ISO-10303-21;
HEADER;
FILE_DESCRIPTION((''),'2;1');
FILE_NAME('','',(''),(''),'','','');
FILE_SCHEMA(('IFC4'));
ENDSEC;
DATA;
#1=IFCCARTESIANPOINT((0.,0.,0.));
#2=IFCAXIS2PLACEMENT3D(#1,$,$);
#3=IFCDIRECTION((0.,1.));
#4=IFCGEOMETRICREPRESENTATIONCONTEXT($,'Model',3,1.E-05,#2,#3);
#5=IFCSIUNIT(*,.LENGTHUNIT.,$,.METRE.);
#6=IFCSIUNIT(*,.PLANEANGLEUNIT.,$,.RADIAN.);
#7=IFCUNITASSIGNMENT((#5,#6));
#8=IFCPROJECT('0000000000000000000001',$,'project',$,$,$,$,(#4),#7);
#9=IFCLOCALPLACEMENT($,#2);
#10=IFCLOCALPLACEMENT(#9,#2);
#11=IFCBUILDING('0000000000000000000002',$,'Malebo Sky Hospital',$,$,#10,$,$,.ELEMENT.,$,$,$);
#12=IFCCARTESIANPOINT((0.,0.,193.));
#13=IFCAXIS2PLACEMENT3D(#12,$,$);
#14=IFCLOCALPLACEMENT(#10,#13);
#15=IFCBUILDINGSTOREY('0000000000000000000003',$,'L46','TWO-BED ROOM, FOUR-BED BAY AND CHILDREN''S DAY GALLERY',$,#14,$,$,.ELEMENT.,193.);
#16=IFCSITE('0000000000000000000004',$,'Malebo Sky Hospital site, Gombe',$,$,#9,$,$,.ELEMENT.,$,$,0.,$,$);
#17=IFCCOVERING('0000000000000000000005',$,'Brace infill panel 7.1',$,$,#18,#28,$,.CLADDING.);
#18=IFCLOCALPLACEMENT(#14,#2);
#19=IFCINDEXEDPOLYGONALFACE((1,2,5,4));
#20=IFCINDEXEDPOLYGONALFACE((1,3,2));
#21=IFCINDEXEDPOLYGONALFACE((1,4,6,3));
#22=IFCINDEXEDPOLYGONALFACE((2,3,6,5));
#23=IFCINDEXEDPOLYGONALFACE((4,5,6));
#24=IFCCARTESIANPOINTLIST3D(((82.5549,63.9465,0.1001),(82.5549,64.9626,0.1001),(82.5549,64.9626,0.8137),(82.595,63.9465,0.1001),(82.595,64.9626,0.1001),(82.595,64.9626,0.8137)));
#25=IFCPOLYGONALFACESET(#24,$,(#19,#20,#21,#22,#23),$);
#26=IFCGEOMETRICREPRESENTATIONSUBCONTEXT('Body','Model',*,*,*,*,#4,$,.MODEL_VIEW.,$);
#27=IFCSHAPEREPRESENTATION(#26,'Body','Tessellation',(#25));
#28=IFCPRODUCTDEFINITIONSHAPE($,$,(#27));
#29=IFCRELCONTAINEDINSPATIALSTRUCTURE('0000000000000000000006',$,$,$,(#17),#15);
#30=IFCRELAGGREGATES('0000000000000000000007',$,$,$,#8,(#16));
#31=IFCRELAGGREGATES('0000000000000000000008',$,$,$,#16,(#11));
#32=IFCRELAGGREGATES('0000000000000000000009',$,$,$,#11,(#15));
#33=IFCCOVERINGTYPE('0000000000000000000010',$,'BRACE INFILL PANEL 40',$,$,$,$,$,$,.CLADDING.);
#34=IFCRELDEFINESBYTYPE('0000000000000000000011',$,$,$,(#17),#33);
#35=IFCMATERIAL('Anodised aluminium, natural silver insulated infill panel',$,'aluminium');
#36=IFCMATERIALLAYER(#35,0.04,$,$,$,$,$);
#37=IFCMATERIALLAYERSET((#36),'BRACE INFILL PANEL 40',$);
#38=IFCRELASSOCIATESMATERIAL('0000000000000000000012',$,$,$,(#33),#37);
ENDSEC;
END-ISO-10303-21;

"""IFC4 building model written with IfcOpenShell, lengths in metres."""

from ifc_helpers import new_model, si_unit, direction, frame, origin, place, context, subcontext, project, spatial, polyline, outline, extrude, material, layer, layer_set, type_object, element, save


model = new_model("IFC4")

# Units and contexts
model_context = context("Model", 3, precision=1e-05, world=origin(), true_north=direction((0.0, 1.0)))
body_context = subcontext(model_context, "Body", "Model", "MODEL_VIEW")
ifc_project = project(units=[si_unit("LENGTHUNIT", "METRE"), si_unit("PLANEANGLEUNIT", "RADIAN")], contexts=[model_context])

# Site, building, storey
site_placement = place(None, origin())
site = spatial("IfcSite", under=ifc_project, at=site_placement, Name="Malebo Sky Hospital site, Gombe", CompositionType="ELEMENT", RefElevation=0.0)
building_placement = place(site_placement, origin())
building = spatial("IfcBuilding", under=site, at=building_placement, Name="Malebo Sky Hospital", CompositionType="ELEMENT")
storey_placement = place(building_placement, frame((0.0, 0.0, 193.0)))
storey = spatial("IfcBuildingStorey", under=building, at=storey_placement, Name="L46", Description="TWO-BED ROOM, FOUR-BED BAY AND CHILDREN'S DAY GALLERY", CompositionType="ELEMENT", Elevation=193.0)

# Covering
ifc_material_1 = material(Name="Anodised aluminium, natural silver insulated infill panel", Category="aluminium")
ifc_layer_1 = layer(ifc_material_1, 0.04)
ifc_layer_set_1 = layer_set([ifc_layer_1], Name="BRACE INFILL PANEL 40")
covering_type = type_object("IfcCoveringType", Name="BRACE INFILL PANEL 40", PredefinedType="CLADDING", material=ifc_layer_set_1)
covering_1_placement = place(storey_placement, frame((82.575, 64.4546, 0.1001), z_axis=(0.0, 0.0, 1.0), x_axis=(0.0, -1.0, 0.0)))
element("IfcCovering", 1, at=covering_1_placement, inside=storey, type_object=covering_type, Name="Brace infill panel 7.1", PredefinedType="CLADDING", context=body_context, shape_type="SweptSolid", body=[
    extrude(outline(polyline([(-0.5081, 0.0), (0.5081, 0.0), (-0.5081, 0.7136), (-0.5081, 0.0)])), frame((0.0, 0.02, 0.0), z_axis=(0.0, -1.0, 0.0), x_axis=(1.0, 0.0, 0.0)), (0.0, 0.0, 1.0), 0.04),
])

save(model, "model.ifc")
